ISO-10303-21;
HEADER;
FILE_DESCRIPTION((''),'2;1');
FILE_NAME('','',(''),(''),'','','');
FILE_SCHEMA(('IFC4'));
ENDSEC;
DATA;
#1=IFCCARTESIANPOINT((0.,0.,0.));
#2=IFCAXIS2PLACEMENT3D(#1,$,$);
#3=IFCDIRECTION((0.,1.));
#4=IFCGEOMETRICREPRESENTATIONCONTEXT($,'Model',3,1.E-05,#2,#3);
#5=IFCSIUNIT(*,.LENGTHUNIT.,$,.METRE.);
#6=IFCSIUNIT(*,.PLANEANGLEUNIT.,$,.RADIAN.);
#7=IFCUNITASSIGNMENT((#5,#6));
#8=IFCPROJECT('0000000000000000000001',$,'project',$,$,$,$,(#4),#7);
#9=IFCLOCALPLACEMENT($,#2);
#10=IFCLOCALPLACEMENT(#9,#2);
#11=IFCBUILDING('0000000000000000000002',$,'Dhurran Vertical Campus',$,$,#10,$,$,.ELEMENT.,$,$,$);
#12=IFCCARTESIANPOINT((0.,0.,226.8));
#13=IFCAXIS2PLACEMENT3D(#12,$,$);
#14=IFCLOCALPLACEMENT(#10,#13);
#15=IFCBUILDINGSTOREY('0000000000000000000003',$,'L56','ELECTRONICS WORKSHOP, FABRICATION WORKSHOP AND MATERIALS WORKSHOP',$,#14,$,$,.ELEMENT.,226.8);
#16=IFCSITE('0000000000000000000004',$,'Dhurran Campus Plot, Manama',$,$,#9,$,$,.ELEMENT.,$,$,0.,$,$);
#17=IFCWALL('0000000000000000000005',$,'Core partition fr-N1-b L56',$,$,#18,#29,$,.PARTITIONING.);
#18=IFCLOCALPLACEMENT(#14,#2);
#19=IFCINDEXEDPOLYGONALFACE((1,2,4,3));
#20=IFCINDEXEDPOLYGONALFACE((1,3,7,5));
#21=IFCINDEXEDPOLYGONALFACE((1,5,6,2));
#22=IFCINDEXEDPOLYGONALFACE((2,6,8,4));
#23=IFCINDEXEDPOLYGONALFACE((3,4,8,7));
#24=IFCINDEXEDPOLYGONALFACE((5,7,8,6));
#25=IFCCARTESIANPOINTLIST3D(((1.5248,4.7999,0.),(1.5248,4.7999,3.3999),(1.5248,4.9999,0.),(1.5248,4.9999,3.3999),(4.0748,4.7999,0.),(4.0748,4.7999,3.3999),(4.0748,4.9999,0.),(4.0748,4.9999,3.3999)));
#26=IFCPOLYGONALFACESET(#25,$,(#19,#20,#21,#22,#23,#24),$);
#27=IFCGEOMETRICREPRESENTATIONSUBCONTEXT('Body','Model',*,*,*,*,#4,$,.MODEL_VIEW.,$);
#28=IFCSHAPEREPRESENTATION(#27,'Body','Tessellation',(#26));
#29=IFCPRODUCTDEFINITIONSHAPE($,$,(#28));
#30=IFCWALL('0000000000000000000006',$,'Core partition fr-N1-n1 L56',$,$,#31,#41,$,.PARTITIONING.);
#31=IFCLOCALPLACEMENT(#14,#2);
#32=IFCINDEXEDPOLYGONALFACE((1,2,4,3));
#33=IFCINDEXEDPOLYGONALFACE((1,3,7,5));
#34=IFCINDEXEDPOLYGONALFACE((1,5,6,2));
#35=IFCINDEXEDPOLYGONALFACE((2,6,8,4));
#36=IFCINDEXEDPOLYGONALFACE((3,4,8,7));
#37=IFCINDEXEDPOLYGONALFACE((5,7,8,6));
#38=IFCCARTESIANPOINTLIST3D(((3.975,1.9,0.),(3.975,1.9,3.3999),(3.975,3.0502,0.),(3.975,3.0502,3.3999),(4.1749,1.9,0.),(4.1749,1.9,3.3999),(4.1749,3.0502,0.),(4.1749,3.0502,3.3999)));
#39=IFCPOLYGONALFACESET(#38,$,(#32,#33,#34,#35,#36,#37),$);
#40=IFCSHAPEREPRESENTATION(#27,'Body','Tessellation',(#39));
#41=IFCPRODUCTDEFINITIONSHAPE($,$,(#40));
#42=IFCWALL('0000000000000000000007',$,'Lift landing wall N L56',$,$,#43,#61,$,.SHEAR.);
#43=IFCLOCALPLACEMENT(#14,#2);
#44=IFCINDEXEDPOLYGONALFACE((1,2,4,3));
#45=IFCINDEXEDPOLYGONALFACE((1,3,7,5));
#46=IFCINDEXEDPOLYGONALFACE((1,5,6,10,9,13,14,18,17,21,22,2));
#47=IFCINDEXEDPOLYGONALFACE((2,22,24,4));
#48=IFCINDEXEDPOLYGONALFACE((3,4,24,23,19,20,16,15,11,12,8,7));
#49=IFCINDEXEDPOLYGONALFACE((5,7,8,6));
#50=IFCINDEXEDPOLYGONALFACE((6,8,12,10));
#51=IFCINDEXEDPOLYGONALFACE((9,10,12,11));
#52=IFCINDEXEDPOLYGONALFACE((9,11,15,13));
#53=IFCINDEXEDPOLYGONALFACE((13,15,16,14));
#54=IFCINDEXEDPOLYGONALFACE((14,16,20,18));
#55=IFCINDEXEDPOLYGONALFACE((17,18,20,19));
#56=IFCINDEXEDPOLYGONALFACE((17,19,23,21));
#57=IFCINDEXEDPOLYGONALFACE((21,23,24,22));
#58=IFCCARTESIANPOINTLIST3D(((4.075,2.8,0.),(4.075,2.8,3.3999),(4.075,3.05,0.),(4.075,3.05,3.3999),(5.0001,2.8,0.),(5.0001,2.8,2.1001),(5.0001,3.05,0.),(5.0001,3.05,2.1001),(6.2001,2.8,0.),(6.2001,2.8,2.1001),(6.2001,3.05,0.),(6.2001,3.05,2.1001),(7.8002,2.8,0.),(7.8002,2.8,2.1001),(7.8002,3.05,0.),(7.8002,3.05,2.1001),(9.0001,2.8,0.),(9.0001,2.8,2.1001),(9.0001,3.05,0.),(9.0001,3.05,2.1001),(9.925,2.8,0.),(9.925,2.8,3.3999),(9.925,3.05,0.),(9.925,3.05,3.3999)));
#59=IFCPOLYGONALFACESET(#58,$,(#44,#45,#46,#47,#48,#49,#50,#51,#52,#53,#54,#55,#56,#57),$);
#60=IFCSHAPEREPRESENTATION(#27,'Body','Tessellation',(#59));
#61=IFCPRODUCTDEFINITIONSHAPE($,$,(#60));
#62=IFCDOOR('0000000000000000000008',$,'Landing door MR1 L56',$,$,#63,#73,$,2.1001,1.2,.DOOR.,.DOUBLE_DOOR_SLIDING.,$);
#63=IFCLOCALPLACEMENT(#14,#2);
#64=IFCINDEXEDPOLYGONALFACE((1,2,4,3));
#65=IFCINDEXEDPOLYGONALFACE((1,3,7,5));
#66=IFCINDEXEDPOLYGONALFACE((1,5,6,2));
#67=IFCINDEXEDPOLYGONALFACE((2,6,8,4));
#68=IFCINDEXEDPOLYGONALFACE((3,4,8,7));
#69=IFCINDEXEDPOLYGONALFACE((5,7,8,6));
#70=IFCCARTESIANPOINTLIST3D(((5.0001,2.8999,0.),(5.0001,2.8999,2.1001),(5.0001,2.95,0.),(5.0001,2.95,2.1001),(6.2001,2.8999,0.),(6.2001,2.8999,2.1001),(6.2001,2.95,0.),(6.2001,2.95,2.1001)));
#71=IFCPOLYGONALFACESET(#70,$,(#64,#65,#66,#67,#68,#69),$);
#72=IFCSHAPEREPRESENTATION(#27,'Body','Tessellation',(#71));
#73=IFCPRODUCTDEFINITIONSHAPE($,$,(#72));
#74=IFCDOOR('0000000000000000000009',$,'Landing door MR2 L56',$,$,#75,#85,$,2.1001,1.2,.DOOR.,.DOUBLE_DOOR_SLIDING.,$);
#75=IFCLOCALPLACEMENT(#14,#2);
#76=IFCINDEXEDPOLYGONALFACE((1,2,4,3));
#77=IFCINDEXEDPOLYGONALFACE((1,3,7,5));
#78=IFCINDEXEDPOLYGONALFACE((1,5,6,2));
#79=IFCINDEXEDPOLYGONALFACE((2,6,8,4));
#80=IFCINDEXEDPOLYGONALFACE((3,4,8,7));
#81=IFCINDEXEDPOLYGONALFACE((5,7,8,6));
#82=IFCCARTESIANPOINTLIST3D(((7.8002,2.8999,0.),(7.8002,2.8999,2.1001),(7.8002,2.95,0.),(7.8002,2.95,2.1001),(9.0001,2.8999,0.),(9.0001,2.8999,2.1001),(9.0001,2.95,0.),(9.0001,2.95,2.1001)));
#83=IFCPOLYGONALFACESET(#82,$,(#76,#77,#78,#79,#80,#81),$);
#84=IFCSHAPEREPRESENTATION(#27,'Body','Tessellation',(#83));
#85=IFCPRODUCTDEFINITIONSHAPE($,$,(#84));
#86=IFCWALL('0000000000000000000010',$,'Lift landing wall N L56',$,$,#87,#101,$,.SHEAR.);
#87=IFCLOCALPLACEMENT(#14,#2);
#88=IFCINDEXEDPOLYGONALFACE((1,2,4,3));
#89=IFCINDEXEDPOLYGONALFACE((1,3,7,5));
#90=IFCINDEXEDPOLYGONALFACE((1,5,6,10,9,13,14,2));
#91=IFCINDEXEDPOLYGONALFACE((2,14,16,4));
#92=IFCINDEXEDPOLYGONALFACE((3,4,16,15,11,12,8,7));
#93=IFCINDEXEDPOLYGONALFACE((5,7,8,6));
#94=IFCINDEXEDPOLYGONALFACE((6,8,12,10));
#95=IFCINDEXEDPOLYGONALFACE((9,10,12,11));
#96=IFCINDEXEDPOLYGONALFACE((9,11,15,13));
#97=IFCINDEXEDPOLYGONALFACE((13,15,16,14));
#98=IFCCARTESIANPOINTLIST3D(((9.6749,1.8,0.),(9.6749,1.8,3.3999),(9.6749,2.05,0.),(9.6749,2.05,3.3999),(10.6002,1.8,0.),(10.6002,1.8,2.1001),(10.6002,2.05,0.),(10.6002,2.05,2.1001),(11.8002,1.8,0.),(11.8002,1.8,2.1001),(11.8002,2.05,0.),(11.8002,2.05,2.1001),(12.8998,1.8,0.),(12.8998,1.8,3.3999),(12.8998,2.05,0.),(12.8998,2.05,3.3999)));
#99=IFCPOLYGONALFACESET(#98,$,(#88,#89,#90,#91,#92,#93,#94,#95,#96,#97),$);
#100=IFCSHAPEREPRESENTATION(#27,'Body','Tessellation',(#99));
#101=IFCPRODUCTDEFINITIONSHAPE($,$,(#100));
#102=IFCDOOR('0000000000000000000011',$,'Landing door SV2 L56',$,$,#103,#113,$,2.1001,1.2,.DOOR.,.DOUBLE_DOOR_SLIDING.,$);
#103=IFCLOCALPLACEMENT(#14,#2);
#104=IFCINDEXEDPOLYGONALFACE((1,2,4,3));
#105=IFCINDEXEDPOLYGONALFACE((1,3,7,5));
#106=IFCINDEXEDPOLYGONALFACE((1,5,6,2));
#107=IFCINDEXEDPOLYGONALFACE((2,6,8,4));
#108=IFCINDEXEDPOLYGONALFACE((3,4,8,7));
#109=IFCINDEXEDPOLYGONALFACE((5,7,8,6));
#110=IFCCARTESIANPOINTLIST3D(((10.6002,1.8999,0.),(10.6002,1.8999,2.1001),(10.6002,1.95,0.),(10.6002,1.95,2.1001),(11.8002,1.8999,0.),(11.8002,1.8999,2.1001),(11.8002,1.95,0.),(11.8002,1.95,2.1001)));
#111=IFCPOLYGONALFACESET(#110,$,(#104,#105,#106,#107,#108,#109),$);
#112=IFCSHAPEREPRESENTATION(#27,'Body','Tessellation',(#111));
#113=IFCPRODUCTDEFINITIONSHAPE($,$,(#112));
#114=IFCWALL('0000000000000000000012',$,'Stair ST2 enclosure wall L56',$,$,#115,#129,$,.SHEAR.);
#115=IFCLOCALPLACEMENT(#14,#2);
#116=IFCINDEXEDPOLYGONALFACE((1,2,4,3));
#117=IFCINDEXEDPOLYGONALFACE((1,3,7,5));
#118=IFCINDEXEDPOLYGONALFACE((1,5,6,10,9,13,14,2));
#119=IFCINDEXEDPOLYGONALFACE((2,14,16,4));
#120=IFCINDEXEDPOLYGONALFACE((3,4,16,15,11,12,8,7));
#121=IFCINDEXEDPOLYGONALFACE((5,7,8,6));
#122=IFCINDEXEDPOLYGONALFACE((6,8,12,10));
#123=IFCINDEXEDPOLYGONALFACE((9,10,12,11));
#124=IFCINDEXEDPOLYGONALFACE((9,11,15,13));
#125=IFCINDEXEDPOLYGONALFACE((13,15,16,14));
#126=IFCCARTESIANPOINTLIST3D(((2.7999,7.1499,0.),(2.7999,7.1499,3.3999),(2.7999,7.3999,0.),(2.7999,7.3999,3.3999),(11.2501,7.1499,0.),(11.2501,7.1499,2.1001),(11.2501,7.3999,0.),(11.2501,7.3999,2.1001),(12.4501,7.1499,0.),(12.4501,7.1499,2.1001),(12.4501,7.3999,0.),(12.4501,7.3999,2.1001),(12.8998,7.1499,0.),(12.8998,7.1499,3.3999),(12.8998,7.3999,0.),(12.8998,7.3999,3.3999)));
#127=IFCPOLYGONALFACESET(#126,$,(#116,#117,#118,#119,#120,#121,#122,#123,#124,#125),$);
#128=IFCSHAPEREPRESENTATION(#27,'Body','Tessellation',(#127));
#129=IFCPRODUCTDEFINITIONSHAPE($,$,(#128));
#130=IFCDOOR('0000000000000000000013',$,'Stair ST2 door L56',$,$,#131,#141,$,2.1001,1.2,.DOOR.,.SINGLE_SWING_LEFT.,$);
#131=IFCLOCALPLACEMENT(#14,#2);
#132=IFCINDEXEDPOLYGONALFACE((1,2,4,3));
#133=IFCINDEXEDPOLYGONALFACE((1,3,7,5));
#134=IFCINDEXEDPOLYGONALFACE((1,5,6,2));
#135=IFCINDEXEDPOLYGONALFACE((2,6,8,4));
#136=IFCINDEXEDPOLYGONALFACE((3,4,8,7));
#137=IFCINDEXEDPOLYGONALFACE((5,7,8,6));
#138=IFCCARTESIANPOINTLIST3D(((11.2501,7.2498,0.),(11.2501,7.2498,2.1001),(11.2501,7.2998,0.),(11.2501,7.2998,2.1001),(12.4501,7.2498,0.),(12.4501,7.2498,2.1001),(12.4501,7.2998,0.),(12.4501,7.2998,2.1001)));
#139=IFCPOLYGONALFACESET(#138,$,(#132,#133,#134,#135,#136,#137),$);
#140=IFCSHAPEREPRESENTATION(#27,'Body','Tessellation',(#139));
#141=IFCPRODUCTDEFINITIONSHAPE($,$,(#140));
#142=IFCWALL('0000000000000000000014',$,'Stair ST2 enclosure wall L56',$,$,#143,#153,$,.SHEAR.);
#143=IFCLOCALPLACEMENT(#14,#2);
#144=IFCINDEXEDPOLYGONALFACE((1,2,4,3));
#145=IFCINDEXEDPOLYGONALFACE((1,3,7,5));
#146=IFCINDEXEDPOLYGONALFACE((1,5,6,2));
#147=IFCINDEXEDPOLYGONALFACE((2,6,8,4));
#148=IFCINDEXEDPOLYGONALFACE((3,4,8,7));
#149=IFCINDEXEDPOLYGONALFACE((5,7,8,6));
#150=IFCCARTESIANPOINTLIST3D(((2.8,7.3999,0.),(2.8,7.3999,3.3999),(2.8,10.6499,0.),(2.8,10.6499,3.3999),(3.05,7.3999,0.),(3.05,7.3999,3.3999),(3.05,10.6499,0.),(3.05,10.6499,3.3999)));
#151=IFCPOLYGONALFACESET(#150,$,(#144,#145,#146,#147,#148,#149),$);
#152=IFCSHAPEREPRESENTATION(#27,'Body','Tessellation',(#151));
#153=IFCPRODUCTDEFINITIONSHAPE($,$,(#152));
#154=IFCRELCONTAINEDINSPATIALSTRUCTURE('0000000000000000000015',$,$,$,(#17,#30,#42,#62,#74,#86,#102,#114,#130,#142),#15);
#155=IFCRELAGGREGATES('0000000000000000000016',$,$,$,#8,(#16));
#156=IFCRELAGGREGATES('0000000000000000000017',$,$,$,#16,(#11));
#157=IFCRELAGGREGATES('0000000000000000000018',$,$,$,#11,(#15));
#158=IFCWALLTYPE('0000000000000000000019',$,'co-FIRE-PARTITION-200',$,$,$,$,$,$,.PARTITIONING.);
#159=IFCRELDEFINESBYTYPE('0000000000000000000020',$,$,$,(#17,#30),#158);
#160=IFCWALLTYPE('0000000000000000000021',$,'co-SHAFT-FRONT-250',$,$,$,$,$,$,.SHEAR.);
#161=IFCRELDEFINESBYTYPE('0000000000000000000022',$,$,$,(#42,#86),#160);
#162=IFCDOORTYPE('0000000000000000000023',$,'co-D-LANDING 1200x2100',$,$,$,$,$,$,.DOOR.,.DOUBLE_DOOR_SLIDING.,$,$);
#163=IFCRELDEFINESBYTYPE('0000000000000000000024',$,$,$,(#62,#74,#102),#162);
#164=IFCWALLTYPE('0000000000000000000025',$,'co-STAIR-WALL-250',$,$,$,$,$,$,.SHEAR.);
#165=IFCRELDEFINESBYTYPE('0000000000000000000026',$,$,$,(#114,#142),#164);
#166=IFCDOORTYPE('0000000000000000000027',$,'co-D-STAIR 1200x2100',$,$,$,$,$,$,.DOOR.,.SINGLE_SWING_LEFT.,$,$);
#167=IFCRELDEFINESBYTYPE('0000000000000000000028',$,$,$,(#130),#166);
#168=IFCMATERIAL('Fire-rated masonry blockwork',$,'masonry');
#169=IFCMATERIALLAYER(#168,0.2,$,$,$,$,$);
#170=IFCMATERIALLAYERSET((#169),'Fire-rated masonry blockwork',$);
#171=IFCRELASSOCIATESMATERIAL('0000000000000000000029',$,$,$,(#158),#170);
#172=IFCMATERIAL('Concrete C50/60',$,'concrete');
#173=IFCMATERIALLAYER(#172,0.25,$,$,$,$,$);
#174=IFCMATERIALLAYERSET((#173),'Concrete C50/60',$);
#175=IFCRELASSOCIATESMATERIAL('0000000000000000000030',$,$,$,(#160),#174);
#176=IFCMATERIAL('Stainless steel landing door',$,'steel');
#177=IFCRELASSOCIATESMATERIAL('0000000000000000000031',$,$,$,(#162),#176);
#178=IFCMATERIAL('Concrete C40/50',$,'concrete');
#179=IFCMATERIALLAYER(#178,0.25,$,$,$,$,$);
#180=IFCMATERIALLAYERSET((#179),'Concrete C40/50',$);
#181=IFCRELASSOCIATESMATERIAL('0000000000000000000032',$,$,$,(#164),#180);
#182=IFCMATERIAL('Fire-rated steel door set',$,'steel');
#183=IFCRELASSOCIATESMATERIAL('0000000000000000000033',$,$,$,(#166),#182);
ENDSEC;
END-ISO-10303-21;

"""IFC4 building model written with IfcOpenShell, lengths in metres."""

from ifc_helpers import new_model, si_unit, direction, frame, frame_2d, origin, place, context, subcontext, project, spatial, rectangle, extrude, material, layer, layer_set, type_object, element, fill, save


model = new_model("IFC4")

# Units and contexts
model_context = context("Model", 3, precision=1e-05, world=origin(), true_north=direction((0.0, 1.0)))
body_context = subcontext(model_context, "Body", "Model", "MODEL_VIEW")
ifc_project = project(units=[si_unit("LENGTHUNIT", "METRE"), si_unit("PLANEANGLEUNIT", "RADIAN")], contexts=[model_context])

# Site, building, storey
site_placement = place(None, origin())
site = spatial("IfcSite", under=ifc_project, at=site_placement, Name="Dhurran Campus Plot, Manama", CompositionType="ELEMENT", RefElevation=0.0)
building_placement = place(site_placement, origin())
building = spatial("IfcBuilding", under=site, at=building_placement, Name="Dhurran Vertical Campus", CompositionType="ELEMENT")
storey_placement = place(building_placement, frame((0.0, 0.0, 226.8)))
storey = spatial("IfcBuildingStorey", under=building, at=storey_placement, Name="L56", Description="ELECTRONICS WORKSHOP, FABRICATION WORKSHOP AND MATERIALS WORKSHOP", CompositionType="ELEMENT", Elevation=226.8)

# Shared definitions
ifc_material_1 = material(Name="Fire-rated masonry blockwork", Category="masonry")
ifc_layer_1 = layer(ifc_material_1, 0.2)
ifc_layer_set_1 = layer_set([ifc_layer_1], Name="Fire-rated masonry blockwork")
wall_type_1 = type_object("IfcWallType", Name="co-FIRE-PARTITION-200", PredefinedType="PARTITIONING", material=ifc_layer_set_1)

# Walls
wall_1_placement = place(storey_placement, frame((1.5249, 4.8999, 0.0), z_axis=(0.0, 0.0, 1.0), x_axis=(1.0, 0.0, 0.0)))
element("IfcWall", 1, at=wall_1_placement, inside=storey, type_object=wall_type_1, Name="Core partition fr-N1-b L56", PredefinedType="PARTITIONING", context=body_context, shape_type="SweptSolid", body=[
    extrude(rectangle(XDim=2.55, YDim=0.2, at=frame_2d((1.2749, 0.0))), origin(), (0.0, 0.0, 1.0), 3.3999),
])
wall_2_placement = place(storey_placement, frame((4.075, 1.8999, 0.0), z_axis=(0.0, 0.0, 1.0), x_axis=(0.0, 1.0, 0.0)))
element("IfcWall", 2, at=wall_2_placement, inside=storey, type_object=wall_type_1, Name="Core partition fr-N1-n1 L56", PredefinedType="PARTITIONING", context=body_context, shape_type="SweptSolid", body=[
    extrude(rectangle(XDim=1.1501, YDim=0.2, at=frame_2d((0.5752, 0.0))), origin(), (0.0, 0.0, 1.0), 3.3999),
])

# Wall, openings, doors
ifc_material_2 = material(Name="Concrete C50/60", Category="concrete")
ifc_layer_2 = layer(ifc_material_2, 0.25)
ifc_layer_set_2 = layer_set([ifc_layer_2], Name="Concrete C50/60")
wall_type_2 = type_object("IfcWallType", Name="co-SHAFT-FRONT-250", PredefinedType="SHEAR", material=ifc_layer_set_2)
wall_3_placement = place(storey_placement, frame((4.075, 2.925, 0.0), z_axis=(0.0, 0.0, 1.0), x_axis=(1.0, 0.0, 0.0)))
wall_3 = element("IfcWall", 3, at=wall_3_placement, inside=storey, type_object=wall_type_2, Name="Lift landing wall N L56", PredefinedType="SHEAR", context=body_context, shape_type="SweptSolid", body=[
    extrude(rectangle(XDim=5.8501, YDim=0.25, at=frame_2d((2.925, 0.0))), origin(), (0.0, 0.0, 1.0), 3.3999),
])
opening_1_placement = place(wall_3_placement, frame((0.925, 0.0, 0.0)))
opening_1 = element("IfcOpeningElement", 4, at=opening_1_placement, cuts=wall_3, PredefinedType="OPENING", context=body_context, shape_type="SweptSolid", body=[
    extrude(rectangle(XDim=1.2, YDim=2.1001, at=frame_2d((0.6001, 1.05))), frame((0.0, 0.135, 0.0), z_axis=(0.0, -1.0, 0.0), x_axis=(1.0, 0.0, 0.0)), (0.0, 0.0, 1.0), 0.27),
])
opening_2_placement = place(wall_3_placement, frame((3.7251, 0.0, 0.0)))
opening_2 = element("IfcOpeningElement", 5, at=opening_2_placement, cuts=wall_3, PredefinedType="OPENING", context=body_context, shape_type="SweptSolid", body=[
    extrude(rectangle(XDim=1.2, YDim=2.1001, at=frame_2d((0.6001, 1.05))), frame((0.0, 0.135, 0.0), z_axis=(0.0, -1.0, 0.0), x_axis=(1.0, 0.0, 0.0)), (0.0, 0.0, 1.0), 0.27),
])
ifc_material_3 = material(Name="Stainless steel landing door", Category="steel")
door_type_1 = type_object("IfcDoorType", Name="co-D-LANDING 1200x2100", OperationType="DOUBLE_DOOR_SLIDING", PredefinedType="DOOR", material=ifc_material_3)
door_1_placement = place(opening_1_placement, origin())
door_1 = element("IfcDoor", 6, at=door_1_placement, inside=storey, type_object=door_type_1, Name="Landing door MR1 L56", OperationType="DOUBLE_DOOR_SLIDING", OverallHeight=2.1001, OverallWidth=1.2, PredefinedType="DOOR", context=body_context, shape_type="SweptSolid", body=[
    extrude(rectangle(XDim=1.2, YDim=2.1001, at=frame_2d((0.6001, 1.05))), frame((0.0, 0.0249, 0.0), z_axis=(0.0, -1.0, 0.0), x_axis=(1.0, 0.0, 0.0)), (0.0, 0.0, 1.0), 0.05),
])
fill(opening_1, door_1)
door_2_placement = place(opening_2_placement, origin())
door_2 = element("IfcDoor", 7, at=door_2_placement, inside=storey, type_object=door_type_1, Name="Landing door MR2 L56", OperationType="DOUBLE_DOOR_SLIDING", OverallHeight=2.1001, OverallWidth=1.2, PredefinedType="DOOR", context=body_context, shape_type="SweptSolid", body=[
    extrude(rectangle(XDim=1.2, YDim=2.1001, at=frame_2d((0.6001, 1.05))), frame((0.0, 0.0249, 0.0), z_axis=(0.0, -1.0, 0.0), x_axis=(1.0, 0.0, 0.0)), (0.0, 0.0, 1.0), 0.05),
])
fill(opening_2, door_2)

# Walls, openings, doors
wall_4_placement = place(storey_placement, frame((9.675, 1.925, 0.0), z_axis=(0.0, 0.0, 1.0), x_axis=(1.0, 0.0, 0.0)))
wall_4 = element("IfcWall", 8, at=wall_4_placement, inside=storey, type_object=wall_type_2, Name="Lift landing wall N L56", PredefinedType="SHEAR", context=body_context, shape_type="SweptSolid", body=[
    extrude(rectangle(XDim=3.2249, YDim=0.25, at=frame_2d((1.6123, 0.0))), origin(), (0.0, 0.0, 1.0), 3.3999),
])
opening_3_placement = place(wall_4_placement, frame((0.925, 0.0, 0.0)))
opening_3 = element("IfcOpeningElement", 9, at=opening_3_placement, cuts=wall_4, PredefinedType="OPENING", context=body_context, shape_type="SweptSolid", body=[
    extrude(rectangle(XDim=1.2, YDim=2.1001, at=frame_2d((0.6001, 1.05))), frame((0.0, 0.135, 0.0), z_axis=(0.0, -1.0, 0.0), x_axis=(1.0, 0.0, 0.0)), (0.0, 0.0, 1.0), 0.27),
])
door_3_placement = place(opening_3_placement, origin())
door_3 = element("IfcDoor", 10, at=door_3_placement, inside=storey, type_object=door_type_1, Name="Landing door SV2 L56", OperationType="DOUBLE_DOOR_SLIDING", OverallHeight=2.1001, OverallWidth=1.2, PredefinedType="DOOR", context=body_context, shape_type="SweptSolid", body=[
    extrude(rectangle(XDim=1.2, YDim=2.1001, at=frame_2d((0.6001, 1.05))), frame((0.0, 0.0249, 0.0), z_axis=(0.0, -1.0, 0.0), x_axis=(1.0, 0.0, 0.0)), (0.0, 0.0, 1.0), 0.05),
])
fill(opening_3, door_3)
ifc_material_4 = material(Name="Concrete C40/50", Category="concrete")
ifc_layer_3 = layer(ifc_material_4, 0.25)
ifc_layer_set_3 = layer_set([ifc_layer_3], Name="Concrete C40/50")
wall_type_3 = type_object("IfcWallType", Name="co-STAIR-WALL-250", PredefinedType="SHEAR", material=ifc_layer_set_3)
wall_5_placement = place(storey_placement, frame((2.8, 7.2749, 0.0), z_axis=(0.0, 0.0, 1.0), x_axis=(1.0, 0.0, 0.0)))
wall_5 = element("IfcWall", 11, at=wall_5_placement, inside=storey, type_object=wall_type_3, Name="Stair ST2 enclosure wall L56", PredefinedType="SHEAR", context=body_context, shape_type="SweptSolid", body=[
    extrude(rectangle(XDim=10.0999, YDim=0.25, at=frame_2d((5.0498, 0.0))), origin(), (0.0, 0.0, 1.0), 3.3999),
])
opening_4_placement = place(wall_5_placement, frame((8.45, 0.0, 0.0)))
opening_4 = element("IfcOpeningElement", 12, at=opening_4_placement, cuts=wall_5, PredefinedType="OPENING", context=body_context, shape_type="SweptSolid", body=[
    extrude(rectangle(XDim=1.2, YDim=2.1001, at=frame_2d((0.6001, 1.05))), frame((0.0, 0.135, 0.0), z_axis=(0.0, -1.0, 0.0), x_axis=(1.0, 0.0, 0.0)), (0.0, 0.0, 1.0), 0.27),
])
ifc_material_5 = material(Name="Fire-rated steel door set", Category="steel")
door_type_2 = type_object("IfcDoorType", Name="co-D-STAIR 1200x2100", OperationType="SINGLE_SWING_LEFT", PredefinedType="DOOR", material=ifc_material_5)
door_4_placement = place(opening_4_placement, origin())
door_4 = element("IfcDoor", 13, at=door_4_placement, inside=storey, type_object=door_type_2, Name="Stair ST2 door L56", OperationType="SINGLE_SWING_LEFT", OverallHeight=2.1001, OverallWidth=1.2, PredefinedType="DOOR", context=body_context, shape_type="SweptSolid", body=[
    extrude(rectangle(XDim=1.2, YDim=2.1001, at=frame_2d((0.6001, 1.05))), frame((0.0, 0.0249, 0.0), z_axis=(0.0, -1.0, 0.0), x_axis=(1.0, 0.0, 0.0)), (0.0, 0.0, 1.0), 0.05),
])
fill(opening_4, door_4)

# Wall
wall_6_placement = place(storey_placement, frame((2.925, 7.3999, 0.0), z_axis=(0.0, 0.0, 1.0), x_axis=(0.0, 1.0, 0.0)))
element("IfcWall", 14, at=wall_6_placement, inside=storey, type_object=wall_type_3, Name="Stair ST2 enclosure wall L56", PredefinedType="SHEAR", context=body_context, shape_type="SweptSolid", body=[
    extrude(rectangle(XDim=3.25, YDim=0.25, at=frame_2d((1.625, 0.0))), origin(), (0.0, 0.0, 1.0), 3.3999),
])

save(model, "model.ifc")
